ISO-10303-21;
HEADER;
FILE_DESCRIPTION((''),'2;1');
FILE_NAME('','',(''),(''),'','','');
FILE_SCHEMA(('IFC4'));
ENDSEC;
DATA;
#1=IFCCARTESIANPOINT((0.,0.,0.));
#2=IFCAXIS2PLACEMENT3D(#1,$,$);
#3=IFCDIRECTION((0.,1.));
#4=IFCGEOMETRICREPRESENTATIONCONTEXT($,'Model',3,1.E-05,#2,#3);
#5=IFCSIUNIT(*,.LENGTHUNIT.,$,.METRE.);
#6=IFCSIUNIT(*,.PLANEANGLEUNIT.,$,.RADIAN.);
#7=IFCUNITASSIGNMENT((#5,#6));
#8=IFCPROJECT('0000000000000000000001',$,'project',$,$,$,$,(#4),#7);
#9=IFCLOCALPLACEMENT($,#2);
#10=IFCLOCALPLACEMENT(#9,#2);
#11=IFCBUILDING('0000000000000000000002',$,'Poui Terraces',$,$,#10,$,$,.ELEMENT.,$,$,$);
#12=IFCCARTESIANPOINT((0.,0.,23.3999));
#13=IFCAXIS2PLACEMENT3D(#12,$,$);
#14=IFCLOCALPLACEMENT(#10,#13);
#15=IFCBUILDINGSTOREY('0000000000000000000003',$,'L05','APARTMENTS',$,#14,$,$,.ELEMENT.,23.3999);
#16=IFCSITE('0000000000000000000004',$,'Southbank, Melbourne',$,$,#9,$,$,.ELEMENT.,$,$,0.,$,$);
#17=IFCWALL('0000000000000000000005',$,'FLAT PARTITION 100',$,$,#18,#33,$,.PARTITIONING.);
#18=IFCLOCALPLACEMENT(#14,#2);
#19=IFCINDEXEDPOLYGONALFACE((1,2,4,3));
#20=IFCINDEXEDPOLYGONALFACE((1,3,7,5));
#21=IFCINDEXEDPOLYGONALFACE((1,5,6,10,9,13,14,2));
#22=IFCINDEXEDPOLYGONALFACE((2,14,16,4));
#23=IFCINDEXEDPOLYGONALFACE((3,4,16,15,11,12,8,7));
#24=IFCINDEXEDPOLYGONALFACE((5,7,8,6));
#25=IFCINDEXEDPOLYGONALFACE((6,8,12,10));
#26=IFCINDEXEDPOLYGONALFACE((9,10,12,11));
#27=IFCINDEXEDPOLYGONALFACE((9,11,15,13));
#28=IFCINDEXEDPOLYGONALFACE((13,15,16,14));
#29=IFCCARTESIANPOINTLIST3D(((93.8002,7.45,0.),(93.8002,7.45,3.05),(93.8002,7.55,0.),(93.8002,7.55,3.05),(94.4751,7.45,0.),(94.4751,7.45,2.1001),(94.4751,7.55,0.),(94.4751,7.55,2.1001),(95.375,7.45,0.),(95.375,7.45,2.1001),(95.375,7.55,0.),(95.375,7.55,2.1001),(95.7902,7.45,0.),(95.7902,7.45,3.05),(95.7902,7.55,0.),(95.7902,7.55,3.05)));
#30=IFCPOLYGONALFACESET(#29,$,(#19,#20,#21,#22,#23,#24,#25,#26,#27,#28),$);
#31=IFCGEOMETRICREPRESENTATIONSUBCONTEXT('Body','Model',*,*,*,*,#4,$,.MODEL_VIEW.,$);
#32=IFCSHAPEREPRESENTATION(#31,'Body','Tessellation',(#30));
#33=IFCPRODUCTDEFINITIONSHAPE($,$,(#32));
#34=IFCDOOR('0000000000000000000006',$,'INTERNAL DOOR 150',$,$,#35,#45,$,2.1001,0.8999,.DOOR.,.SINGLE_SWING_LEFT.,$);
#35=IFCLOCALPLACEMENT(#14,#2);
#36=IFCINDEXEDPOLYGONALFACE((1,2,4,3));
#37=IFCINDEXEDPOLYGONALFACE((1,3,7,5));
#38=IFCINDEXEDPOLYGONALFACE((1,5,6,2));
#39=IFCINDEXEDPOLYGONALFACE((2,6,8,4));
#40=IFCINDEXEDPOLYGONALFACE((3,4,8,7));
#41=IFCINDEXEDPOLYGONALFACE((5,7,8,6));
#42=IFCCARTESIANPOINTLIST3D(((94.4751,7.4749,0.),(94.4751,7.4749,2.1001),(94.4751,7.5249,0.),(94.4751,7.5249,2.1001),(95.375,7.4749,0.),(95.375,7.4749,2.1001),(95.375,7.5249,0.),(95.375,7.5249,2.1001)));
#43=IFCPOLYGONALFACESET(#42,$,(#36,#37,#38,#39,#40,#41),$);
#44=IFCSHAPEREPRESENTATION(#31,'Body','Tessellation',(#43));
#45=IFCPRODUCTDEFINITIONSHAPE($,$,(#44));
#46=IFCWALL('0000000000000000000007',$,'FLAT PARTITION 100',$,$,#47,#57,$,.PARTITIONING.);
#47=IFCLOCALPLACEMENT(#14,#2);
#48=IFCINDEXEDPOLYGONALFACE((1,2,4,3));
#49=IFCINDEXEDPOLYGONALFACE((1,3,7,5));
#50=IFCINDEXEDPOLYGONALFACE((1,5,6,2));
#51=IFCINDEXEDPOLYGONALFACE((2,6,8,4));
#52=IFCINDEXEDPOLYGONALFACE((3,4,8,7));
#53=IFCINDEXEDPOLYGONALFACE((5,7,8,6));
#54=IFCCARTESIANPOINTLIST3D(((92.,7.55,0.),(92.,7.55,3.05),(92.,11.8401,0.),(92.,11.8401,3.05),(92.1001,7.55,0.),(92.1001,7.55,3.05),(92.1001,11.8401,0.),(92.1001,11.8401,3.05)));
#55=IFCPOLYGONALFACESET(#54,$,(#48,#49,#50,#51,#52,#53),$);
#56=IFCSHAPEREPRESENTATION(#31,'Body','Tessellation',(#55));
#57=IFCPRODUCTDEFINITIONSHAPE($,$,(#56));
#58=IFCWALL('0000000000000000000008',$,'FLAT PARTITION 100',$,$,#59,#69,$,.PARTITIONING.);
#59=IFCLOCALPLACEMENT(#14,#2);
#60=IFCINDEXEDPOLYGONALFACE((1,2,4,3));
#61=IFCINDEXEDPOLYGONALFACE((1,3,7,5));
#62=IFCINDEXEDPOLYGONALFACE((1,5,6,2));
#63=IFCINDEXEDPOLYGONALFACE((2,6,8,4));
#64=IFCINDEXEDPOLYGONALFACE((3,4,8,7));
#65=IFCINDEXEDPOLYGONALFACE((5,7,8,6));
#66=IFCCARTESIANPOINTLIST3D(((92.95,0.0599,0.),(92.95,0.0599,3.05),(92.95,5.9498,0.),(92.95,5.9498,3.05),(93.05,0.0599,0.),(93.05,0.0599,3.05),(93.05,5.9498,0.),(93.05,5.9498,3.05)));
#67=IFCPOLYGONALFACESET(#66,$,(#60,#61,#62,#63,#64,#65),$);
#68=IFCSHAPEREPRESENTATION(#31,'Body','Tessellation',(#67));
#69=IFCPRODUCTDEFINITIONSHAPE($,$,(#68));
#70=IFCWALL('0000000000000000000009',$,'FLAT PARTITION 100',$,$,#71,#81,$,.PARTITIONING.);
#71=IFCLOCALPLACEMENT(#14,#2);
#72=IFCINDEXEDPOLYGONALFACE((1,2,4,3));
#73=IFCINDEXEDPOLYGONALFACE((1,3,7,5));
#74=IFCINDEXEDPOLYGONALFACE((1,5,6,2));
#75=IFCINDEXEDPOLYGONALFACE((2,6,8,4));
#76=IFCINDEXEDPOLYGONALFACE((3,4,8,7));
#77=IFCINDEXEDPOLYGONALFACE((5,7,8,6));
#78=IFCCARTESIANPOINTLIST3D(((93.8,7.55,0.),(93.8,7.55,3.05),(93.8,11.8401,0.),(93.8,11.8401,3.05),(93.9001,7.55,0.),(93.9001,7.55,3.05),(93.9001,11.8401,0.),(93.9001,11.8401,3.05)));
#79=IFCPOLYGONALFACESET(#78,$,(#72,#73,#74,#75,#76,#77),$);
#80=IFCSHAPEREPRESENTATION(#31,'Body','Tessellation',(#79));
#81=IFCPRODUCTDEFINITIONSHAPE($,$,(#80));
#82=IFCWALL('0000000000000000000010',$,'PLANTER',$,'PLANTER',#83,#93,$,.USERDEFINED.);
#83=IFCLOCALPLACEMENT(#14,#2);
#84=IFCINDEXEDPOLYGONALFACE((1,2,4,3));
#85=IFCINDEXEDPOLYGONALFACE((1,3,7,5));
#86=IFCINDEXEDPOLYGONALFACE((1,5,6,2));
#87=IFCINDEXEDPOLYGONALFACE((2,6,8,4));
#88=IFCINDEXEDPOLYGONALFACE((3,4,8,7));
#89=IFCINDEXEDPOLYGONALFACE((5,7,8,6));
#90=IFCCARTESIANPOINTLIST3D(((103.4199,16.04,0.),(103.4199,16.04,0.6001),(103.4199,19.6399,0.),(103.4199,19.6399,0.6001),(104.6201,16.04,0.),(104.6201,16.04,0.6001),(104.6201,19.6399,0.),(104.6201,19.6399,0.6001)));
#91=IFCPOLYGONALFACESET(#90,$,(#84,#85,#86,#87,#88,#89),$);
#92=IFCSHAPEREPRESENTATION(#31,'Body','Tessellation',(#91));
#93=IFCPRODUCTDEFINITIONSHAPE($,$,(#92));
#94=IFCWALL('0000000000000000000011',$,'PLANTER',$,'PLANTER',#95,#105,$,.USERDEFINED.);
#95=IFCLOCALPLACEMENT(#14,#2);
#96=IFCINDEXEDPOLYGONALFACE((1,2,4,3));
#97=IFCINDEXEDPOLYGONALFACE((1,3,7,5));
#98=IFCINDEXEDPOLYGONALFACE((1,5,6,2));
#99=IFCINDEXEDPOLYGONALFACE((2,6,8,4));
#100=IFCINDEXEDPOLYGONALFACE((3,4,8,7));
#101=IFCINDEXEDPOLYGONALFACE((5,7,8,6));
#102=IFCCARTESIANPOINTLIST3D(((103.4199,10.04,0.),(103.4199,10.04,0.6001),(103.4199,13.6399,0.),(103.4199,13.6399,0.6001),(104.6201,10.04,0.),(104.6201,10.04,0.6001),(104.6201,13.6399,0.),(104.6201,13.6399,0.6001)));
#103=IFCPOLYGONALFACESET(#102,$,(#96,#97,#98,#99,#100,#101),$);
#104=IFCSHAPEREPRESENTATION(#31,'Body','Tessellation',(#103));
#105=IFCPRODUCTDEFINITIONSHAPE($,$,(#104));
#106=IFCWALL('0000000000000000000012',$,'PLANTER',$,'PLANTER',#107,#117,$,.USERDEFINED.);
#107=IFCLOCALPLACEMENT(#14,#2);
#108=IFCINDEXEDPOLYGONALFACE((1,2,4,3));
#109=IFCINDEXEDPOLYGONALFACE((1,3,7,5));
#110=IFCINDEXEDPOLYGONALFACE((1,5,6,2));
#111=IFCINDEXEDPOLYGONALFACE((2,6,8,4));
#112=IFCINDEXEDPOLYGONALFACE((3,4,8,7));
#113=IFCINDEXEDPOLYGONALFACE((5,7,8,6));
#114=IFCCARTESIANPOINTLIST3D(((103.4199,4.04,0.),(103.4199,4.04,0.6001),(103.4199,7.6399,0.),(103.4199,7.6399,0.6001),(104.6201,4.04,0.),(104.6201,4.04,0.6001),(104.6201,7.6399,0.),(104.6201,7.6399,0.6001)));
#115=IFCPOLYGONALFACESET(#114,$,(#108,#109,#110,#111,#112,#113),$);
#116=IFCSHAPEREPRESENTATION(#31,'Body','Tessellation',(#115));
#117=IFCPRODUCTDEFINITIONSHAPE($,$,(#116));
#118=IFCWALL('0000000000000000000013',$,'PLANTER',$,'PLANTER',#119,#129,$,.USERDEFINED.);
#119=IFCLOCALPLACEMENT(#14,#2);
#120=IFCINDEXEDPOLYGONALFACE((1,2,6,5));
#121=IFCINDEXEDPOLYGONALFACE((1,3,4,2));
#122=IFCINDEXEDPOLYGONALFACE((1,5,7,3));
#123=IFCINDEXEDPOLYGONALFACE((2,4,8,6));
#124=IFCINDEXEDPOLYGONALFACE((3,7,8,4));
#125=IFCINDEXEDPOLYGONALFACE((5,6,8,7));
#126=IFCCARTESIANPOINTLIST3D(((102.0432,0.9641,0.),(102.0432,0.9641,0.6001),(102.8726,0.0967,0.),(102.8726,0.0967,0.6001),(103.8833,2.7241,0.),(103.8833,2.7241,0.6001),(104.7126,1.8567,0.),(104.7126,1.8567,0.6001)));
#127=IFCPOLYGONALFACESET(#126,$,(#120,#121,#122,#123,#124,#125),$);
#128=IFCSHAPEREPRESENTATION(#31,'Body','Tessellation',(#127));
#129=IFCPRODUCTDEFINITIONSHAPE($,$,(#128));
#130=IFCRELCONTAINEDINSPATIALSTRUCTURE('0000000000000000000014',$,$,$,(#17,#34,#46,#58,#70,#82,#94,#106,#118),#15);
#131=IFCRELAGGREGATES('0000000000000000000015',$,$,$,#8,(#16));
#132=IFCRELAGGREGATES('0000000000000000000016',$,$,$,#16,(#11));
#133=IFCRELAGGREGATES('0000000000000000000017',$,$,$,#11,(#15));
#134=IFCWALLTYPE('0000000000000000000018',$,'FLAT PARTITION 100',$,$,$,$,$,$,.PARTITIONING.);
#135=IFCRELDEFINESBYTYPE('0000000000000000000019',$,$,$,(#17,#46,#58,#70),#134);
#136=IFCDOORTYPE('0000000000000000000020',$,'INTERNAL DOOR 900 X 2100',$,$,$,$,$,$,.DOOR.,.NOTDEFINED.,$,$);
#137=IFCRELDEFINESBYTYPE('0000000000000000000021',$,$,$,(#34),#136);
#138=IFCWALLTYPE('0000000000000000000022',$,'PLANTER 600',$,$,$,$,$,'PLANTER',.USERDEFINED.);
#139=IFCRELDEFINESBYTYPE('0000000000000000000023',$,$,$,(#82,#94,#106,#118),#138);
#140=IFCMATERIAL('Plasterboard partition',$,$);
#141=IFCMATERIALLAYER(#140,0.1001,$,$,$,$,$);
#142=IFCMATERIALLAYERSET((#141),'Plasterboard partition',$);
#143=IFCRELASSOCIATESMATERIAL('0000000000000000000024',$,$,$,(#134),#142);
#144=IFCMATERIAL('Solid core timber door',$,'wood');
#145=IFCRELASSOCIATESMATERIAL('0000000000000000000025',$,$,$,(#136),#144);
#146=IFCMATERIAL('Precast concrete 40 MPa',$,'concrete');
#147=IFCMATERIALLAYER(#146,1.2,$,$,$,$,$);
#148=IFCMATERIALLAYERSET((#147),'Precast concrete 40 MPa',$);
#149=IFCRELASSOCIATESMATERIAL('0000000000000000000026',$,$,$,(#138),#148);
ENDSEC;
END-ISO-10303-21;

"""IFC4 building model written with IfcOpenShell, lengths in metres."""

from ifc_helpers import new_model, si_unit, direction, frame, frame_2d, origin, place, context, subcontext, project, spatial, polyline, rectangle, outline, extrude, source, transform, mapped, material, layer, layer_set, type_object, element, fill, save


model = new_model("IFC4")

# Units and contexts
model_context = context("Model", 3, precision=1e-05, world=origin(), true_north=direction((0.0, 1.0)))
body_context = subcontext(model_context, "Body", "Model", "MODEL_VIEW")
ifc_project = project(units=[si_unit("LENGTHUNIT", "METRE"), si_unit("PLANEANGLEUNIT", "RADIAN")], contexts=[model_context])

# Site, building, storey
site_placement = place(None, origin())
site = spatial("IfcSite", under=ifc_project, at=site_placement, Name="Southbank, Melbourne", CompositionType="ELEMENT", RefElevation=0.0)
building_placement = place(site_placement, origin())
building = spatial("IfcBuilding", under=site, at=building_placement, Name="Poui Terraces", CompositionType="ELEMENT")
storey_placement = place(building_placement, frame((0.0, 0.0, 23.3999)))
storey = spatial("IfcBuildingStorey", under=building, at=storey_placement, Name="L05", Description="APARTMENTS", CompositionType="ELEMENT", Elevation=23.3999)

# Shared definitions
ifc_material_1 = material(Name="Solid core timber door", Category="wood")

# Wall, opening, door
ifc_material_2 = material(Name="Plasterboard partition")
ifc_layer_1 = layer(ifc_material_2, 0.1001)
ifc_layer_set_1 = layer_set([ifc_layer_1], Name="Plasterboard partition")
wall_type_1 = type_object("IfcWallType", Name="FLAT PARTITION 100", PredefinedType="PARTITIONING", material=ifc_layer_set_1)
door_type_1 = type_object("IfcDoorType", Name="INTERNAL DOOR 900 X 2100", OperationType="NOTDEFINED", PredefinedType="DOOR", material=ifc_material_1)
wall_1_placement = place(storey_placement, frame((93.8, 7.5, 0.0), z_axis=(0.0, 0.0, 1.0), x_axis=(1.0, 0.0, 0.0)))
wall_1 = element("IfcWall", 1, at=wall_1_placement, inside=storey, type_object=wall_type_1, Name="FLAT PARTITION 100", PredefinedType="PARTITIONING", context=body_context, shape_type="SweptSolid", body=[
    extrude(rectangle(XDim=1.99, YDim=0.1001, at=frame_2d((0.9951, 0.0))), origin(), (0.0, 0.0, 1.0), 3.05),
])
opening_1_placement = place(wall_1_placement, frame((0.675, 0.0, 0.0)))
opening_1 = element("IfcOpeningElement", 2, at=opening_1_placement, cuts=wall_1, PredefinedType="OPENING", context=body_context, shape_type="SweptSolid", body=[
    extrude(rectangle(XDim=0.8999, YDim=2.1001, at=frame_2d((0.45, 1.05))), frame((0.0, 0.0601, 0.0), z_axis=(0.0, -1.0, 0.0), x_axis=(1.0, 0.0, 0.0)), (0.0, 0.0, 1.0), 0.1201),
])
door_1_placement = place(opening_1_placement, origin())
door_1 = element("IfcDoor", 3, at=door_1_placement, inside=storey, type_object=door_type_1, Name="INTERNAL DOOR 150", OperationType="SINGLE_SWING_LEFT", OverallHeight=2.1001, OverallWidth=0.8999, PredefinedType="DOOR", context=body_context, shape_type="SweptSolid", body=[
    extrude(rectangle(XDim=0.8999, YDim=2.1001, at=frame_2d((0.45, 1.05))), frame((0.0, 0.0249, 0.0), z_axis=(0.0, -1.0, 0.0), x_axis=(1.0, 0.0, 0.0)), (0.0, 0.0, 1.0), 0.05),
])
fill(opening_1, door_1)

# Walls
wall_2_placement = place(storey_placement, frame((92.05, 7.55, 0.0), z_axis=(0.0, 0.0, 1.0), x_axis=(0.0, 1.0, 0.0)))
element("IfcWall", 4, at=wall_2_placement, inside=storey, type_object=wall_type_1, Name="FLAT PARTITION 100", PredefinedType="PARTITIONING", context=body_context, shape_type="SweptSolid", body=[
    extrude(rectangle(XDim=4.29, YDim=0.1001, at=frame_2d((2.145, 0.0))), origin(), (0.0, 0.0, 1.0), 3.05),
])
wall_3_placement = place(storey_placement, frame((93.0, 0.0601, 0.0), z_axis=(0.0, 0.0, 1.0), x_axis=(0.0, 1.0, 0.0)))
element("IfcWall", 5, at=wall_3_placement, inside=storey, type_object=wall_type_1, Name="FLAT PARTITION 100", PredefinedType="PARTITIONING", context=body_context, shape_type="SweptSolid", body=[
    extrude(rectangle(XDim=5.8899, YDim=0.1001, at=frame_2d((2.9448, 0.0))), origin(), (0.0, 0.0, 1.0), 3.05),
])
wall_4_placement = place(storey_placement, frame((93.8501, 7.55, 0.0), z_axis=(0.0, 0.0, 1.0), x_axis=(0.0, 1.0, 0.0)))
element("IfcWall", 6, at=wall_4_placement, inside=storey, type_object=wall_type_1, Name="FLAT PARTITION 100", PredefinedType="PARTITIONING", context=body_context, shape_type="SweptSolid", body=[
    extrude(rectangle(XDim=4.29, YDim=0.1001, at=frame_2d((2.145, 0.0))), origin(), (0.0, 0.0, 1.0), 3.05),
])
ifc_material_3 = material(Name="Precast concrete 40 MPa", Category="concrete")
ifc_layer_2 = layer(ifc_material_3, 1.2)
ifc_layer_set_2 = layer_set([ifc_layer_2], Name="Precast concrete 40 MPa")
wall_type_2 = type_object("IfcWallType", Name="PLANTER 600", ElementType="PLANTER", PredefinedType="USERDEFINED", material=ifc_layer_set_2)
shared_shape_1 = source(origin(), body_context, "Body", "SweptSolid", [
    extrude(outline(polyline([(0.0, 0.0), (1.2002, 0.0), (1.2002, 3.5999), (0.0, 3.5999), (0.0, 0.0)])), origin(), (0.0, 0.0, 1.0), 0.6001),
])
for number, where, name in (
    (7, (103.4199, 16.04, 0.0), "PLANTER"),
    (8, (103.4199, 10.04, 0.0), "PLANTER"),
    (9, (103.4199, 4.04, 0.0), "PLANTER"),
):
    element("IfcWall", number, at=place(storey_placement, frame(where)), inside=storey, type_object=wall_type_2, Name=name, ObjectType="PLANTER", PredefinedType="USERDEFINED", context=body_context, shape_type="MappedRepresentation", body=[
        mapped(shared_shape_1, transform((0.0, 0.0, 0.0))),
    ])
shared_shape_2 = source(origin(), body_context, "Body", "SweptSolid", [
    extrude(outline(polyline([(0.0, 0.0), (0.8293, -0.8674), (2.6694, 0.8926), (1.8401, 1.76), (0.0, 0.0)])), origin(), (0.0, 0.0, 1.0), 0.6001),
])
wall_5_placement = place(storey_placement, frame((102.0432, 0.9641, 0.0)))
element("IfcWall", 10, at=wall_5_placement, inside=storey, type_object=wall_type_2, Name="PLANTER", ObjectType="PLANTER", PredefinedType="USERDEFINED", context=body_context, shape_type="MappedRepresentation", body=[
    mapped(shared_shape_2, transform((0.0, 0.0, 0.0))),
])

save(model, "model.ifc")
